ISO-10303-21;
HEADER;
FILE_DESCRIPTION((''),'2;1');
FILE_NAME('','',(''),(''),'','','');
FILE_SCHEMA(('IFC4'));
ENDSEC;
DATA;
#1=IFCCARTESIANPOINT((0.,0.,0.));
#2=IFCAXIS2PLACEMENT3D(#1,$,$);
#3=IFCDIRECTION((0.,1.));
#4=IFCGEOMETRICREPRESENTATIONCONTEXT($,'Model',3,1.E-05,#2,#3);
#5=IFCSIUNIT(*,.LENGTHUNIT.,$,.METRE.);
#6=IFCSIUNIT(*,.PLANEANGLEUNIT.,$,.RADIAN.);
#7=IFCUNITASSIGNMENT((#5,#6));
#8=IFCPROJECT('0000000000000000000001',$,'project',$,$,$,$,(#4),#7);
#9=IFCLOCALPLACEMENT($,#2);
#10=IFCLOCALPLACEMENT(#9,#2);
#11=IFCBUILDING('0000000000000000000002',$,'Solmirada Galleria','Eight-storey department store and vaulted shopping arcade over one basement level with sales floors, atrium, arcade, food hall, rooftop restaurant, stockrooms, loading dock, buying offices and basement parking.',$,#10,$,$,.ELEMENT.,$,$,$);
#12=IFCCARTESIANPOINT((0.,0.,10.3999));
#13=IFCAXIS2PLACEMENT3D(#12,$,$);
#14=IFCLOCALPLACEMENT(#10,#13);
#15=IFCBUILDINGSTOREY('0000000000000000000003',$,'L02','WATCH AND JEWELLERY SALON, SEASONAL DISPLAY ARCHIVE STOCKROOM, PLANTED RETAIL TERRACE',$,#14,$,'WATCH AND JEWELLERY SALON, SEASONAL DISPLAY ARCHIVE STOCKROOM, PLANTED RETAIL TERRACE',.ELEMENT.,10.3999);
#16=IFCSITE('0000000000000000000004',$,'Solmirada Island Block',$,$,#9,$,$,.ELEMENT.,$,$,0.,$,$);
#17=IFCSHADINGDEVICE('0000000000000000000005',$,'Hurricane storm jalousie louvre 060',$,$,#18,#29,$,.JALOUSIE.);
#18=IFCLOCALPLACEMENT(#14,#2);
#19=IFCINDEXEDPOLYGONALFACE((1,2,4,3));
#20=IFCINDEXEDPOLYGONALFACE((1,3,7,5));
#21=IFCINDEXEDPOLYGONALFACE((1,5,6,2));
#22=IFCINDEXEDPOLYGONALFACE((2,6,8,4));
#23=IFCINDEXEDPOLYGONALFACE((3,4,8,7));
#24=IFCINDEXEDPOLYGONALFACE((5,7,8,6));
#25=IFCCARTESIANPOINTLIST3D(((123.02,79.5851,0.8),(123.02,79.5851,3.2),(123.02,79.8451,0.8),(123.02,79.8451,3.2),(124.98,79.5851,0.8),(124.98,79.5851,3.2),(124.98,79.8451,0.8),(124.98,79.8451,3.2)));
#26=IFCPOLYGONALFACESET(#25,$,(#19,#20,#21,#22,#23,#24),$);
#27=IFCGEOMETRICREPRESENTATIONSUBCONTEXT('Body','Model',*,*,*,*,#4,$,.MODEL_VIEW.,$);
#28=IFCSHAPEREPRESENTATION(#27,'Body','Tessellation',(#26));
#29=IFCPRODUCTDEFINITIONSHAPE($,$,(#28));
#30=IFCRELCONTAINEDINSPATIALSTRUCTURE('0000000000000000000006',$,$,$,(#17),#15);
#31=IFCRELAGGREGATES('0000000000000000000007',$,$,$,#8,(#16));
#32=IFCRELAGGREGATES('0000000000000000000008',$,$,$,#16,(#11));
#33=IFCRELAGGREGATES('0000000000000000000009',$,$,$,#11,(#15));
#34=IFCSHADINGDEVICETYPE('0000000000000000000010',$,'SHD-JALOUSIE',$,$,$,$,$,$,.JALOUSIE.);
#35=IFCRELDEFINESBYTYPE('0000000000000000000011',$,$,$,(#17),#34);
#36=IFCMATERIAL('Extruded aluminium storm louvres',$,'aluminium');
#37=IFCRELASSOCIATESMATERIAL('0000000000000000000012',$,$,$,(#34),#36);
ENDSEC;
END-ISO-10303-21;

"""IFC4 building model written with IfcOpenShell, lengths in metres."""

from ifc_helpers import new_model, si_unit, direction, frame, origin, origin_2d, place, context, subcontext, project, spatial, rectangle, extrude, material, type_object, element, save


model = new_model("IFC4")

# Units and contexts
model_context = context("Model", 3, precision=1e-05, world=origin(), true_north=direction((0.0, 1.0)))
body_context = subcontext(model_context, "Body", "Model", "MODEL_VIEW")
ifc_project = project(units=[si_unit("LENGTHUNIT", "METRE"), si_unit("PLANEANGLEUNIT", "RADIAN")], contexts=[model_context])

# Site, building, storey
site_placement = place(None, origin())
site = spatial("IfcSite", under=ifc_project, at=site_placement, Name="Solmirada Island Block", CompositionType="ELEMENT", RefElevation=0.0)
building_placement = place(site_placement, origin())
building = spatial("IfcBuilding", under=site, at=building_placement, Name="Solmirada Galleria", Description="Eight-storey department store and vaulted shopping arcade over one basement level with sales floors, atrium, arcade, food hall, rooftop restaurant, stockrooms, loading dock, buying offices and basement parking.", CompositionType="ELEMENT")
storey_placement = place(building_placement, frame((0.0, 0.0, 10.3999)))
storey = spatial("IfcBuildingStorey", under=building, at=storey_placement, Name="L02", Description="WATCH AND JEWELLERY SALON, SEASONAL DISPLAY ARCHIVE STOCKROOM, PLANTED RETAIL TERRACE", LongName="WATCH AND JEWELLERY SALON, SEASONAL DISPLAY ARCHIVE STOCKROOM, PLANTED RETAIL TERRACE", CompositionType="ELEMENT", Elevation=10.3999)

# Shading device
ifc_material_1 = material(Name="Extruded aluminium storm louvres", Category="aluminium")
shading_device_type = type_object("IfcShadingDeviceType", Name="SHD-JALOUSIE", PredefinedType="JALOUSIE", material=ifc_material_1)
shading_device_placement = place(storey_placement, frame((124.0, 79.7151, 0.8), z_axis=(0.0, 0.0, 1.0), x_axis=(-1.0, 0.0, 0.0)))
element("IfcShadingDevice", 1, at=shading_device_placement, inside=storey, type_object=shading_device_type, Name="Hurricane storm jalousie louvre 060", PredefinedType="JALOUSIE", context=body_context, shape_type="SweptSolid", body=[
    extrude(rectangle(XDim=1.96, YDim=0.26, at=origin_2d()), origin(), (0.0, 0.0, 1.0), 2.3999),
])

save(model, "model.ifc")
